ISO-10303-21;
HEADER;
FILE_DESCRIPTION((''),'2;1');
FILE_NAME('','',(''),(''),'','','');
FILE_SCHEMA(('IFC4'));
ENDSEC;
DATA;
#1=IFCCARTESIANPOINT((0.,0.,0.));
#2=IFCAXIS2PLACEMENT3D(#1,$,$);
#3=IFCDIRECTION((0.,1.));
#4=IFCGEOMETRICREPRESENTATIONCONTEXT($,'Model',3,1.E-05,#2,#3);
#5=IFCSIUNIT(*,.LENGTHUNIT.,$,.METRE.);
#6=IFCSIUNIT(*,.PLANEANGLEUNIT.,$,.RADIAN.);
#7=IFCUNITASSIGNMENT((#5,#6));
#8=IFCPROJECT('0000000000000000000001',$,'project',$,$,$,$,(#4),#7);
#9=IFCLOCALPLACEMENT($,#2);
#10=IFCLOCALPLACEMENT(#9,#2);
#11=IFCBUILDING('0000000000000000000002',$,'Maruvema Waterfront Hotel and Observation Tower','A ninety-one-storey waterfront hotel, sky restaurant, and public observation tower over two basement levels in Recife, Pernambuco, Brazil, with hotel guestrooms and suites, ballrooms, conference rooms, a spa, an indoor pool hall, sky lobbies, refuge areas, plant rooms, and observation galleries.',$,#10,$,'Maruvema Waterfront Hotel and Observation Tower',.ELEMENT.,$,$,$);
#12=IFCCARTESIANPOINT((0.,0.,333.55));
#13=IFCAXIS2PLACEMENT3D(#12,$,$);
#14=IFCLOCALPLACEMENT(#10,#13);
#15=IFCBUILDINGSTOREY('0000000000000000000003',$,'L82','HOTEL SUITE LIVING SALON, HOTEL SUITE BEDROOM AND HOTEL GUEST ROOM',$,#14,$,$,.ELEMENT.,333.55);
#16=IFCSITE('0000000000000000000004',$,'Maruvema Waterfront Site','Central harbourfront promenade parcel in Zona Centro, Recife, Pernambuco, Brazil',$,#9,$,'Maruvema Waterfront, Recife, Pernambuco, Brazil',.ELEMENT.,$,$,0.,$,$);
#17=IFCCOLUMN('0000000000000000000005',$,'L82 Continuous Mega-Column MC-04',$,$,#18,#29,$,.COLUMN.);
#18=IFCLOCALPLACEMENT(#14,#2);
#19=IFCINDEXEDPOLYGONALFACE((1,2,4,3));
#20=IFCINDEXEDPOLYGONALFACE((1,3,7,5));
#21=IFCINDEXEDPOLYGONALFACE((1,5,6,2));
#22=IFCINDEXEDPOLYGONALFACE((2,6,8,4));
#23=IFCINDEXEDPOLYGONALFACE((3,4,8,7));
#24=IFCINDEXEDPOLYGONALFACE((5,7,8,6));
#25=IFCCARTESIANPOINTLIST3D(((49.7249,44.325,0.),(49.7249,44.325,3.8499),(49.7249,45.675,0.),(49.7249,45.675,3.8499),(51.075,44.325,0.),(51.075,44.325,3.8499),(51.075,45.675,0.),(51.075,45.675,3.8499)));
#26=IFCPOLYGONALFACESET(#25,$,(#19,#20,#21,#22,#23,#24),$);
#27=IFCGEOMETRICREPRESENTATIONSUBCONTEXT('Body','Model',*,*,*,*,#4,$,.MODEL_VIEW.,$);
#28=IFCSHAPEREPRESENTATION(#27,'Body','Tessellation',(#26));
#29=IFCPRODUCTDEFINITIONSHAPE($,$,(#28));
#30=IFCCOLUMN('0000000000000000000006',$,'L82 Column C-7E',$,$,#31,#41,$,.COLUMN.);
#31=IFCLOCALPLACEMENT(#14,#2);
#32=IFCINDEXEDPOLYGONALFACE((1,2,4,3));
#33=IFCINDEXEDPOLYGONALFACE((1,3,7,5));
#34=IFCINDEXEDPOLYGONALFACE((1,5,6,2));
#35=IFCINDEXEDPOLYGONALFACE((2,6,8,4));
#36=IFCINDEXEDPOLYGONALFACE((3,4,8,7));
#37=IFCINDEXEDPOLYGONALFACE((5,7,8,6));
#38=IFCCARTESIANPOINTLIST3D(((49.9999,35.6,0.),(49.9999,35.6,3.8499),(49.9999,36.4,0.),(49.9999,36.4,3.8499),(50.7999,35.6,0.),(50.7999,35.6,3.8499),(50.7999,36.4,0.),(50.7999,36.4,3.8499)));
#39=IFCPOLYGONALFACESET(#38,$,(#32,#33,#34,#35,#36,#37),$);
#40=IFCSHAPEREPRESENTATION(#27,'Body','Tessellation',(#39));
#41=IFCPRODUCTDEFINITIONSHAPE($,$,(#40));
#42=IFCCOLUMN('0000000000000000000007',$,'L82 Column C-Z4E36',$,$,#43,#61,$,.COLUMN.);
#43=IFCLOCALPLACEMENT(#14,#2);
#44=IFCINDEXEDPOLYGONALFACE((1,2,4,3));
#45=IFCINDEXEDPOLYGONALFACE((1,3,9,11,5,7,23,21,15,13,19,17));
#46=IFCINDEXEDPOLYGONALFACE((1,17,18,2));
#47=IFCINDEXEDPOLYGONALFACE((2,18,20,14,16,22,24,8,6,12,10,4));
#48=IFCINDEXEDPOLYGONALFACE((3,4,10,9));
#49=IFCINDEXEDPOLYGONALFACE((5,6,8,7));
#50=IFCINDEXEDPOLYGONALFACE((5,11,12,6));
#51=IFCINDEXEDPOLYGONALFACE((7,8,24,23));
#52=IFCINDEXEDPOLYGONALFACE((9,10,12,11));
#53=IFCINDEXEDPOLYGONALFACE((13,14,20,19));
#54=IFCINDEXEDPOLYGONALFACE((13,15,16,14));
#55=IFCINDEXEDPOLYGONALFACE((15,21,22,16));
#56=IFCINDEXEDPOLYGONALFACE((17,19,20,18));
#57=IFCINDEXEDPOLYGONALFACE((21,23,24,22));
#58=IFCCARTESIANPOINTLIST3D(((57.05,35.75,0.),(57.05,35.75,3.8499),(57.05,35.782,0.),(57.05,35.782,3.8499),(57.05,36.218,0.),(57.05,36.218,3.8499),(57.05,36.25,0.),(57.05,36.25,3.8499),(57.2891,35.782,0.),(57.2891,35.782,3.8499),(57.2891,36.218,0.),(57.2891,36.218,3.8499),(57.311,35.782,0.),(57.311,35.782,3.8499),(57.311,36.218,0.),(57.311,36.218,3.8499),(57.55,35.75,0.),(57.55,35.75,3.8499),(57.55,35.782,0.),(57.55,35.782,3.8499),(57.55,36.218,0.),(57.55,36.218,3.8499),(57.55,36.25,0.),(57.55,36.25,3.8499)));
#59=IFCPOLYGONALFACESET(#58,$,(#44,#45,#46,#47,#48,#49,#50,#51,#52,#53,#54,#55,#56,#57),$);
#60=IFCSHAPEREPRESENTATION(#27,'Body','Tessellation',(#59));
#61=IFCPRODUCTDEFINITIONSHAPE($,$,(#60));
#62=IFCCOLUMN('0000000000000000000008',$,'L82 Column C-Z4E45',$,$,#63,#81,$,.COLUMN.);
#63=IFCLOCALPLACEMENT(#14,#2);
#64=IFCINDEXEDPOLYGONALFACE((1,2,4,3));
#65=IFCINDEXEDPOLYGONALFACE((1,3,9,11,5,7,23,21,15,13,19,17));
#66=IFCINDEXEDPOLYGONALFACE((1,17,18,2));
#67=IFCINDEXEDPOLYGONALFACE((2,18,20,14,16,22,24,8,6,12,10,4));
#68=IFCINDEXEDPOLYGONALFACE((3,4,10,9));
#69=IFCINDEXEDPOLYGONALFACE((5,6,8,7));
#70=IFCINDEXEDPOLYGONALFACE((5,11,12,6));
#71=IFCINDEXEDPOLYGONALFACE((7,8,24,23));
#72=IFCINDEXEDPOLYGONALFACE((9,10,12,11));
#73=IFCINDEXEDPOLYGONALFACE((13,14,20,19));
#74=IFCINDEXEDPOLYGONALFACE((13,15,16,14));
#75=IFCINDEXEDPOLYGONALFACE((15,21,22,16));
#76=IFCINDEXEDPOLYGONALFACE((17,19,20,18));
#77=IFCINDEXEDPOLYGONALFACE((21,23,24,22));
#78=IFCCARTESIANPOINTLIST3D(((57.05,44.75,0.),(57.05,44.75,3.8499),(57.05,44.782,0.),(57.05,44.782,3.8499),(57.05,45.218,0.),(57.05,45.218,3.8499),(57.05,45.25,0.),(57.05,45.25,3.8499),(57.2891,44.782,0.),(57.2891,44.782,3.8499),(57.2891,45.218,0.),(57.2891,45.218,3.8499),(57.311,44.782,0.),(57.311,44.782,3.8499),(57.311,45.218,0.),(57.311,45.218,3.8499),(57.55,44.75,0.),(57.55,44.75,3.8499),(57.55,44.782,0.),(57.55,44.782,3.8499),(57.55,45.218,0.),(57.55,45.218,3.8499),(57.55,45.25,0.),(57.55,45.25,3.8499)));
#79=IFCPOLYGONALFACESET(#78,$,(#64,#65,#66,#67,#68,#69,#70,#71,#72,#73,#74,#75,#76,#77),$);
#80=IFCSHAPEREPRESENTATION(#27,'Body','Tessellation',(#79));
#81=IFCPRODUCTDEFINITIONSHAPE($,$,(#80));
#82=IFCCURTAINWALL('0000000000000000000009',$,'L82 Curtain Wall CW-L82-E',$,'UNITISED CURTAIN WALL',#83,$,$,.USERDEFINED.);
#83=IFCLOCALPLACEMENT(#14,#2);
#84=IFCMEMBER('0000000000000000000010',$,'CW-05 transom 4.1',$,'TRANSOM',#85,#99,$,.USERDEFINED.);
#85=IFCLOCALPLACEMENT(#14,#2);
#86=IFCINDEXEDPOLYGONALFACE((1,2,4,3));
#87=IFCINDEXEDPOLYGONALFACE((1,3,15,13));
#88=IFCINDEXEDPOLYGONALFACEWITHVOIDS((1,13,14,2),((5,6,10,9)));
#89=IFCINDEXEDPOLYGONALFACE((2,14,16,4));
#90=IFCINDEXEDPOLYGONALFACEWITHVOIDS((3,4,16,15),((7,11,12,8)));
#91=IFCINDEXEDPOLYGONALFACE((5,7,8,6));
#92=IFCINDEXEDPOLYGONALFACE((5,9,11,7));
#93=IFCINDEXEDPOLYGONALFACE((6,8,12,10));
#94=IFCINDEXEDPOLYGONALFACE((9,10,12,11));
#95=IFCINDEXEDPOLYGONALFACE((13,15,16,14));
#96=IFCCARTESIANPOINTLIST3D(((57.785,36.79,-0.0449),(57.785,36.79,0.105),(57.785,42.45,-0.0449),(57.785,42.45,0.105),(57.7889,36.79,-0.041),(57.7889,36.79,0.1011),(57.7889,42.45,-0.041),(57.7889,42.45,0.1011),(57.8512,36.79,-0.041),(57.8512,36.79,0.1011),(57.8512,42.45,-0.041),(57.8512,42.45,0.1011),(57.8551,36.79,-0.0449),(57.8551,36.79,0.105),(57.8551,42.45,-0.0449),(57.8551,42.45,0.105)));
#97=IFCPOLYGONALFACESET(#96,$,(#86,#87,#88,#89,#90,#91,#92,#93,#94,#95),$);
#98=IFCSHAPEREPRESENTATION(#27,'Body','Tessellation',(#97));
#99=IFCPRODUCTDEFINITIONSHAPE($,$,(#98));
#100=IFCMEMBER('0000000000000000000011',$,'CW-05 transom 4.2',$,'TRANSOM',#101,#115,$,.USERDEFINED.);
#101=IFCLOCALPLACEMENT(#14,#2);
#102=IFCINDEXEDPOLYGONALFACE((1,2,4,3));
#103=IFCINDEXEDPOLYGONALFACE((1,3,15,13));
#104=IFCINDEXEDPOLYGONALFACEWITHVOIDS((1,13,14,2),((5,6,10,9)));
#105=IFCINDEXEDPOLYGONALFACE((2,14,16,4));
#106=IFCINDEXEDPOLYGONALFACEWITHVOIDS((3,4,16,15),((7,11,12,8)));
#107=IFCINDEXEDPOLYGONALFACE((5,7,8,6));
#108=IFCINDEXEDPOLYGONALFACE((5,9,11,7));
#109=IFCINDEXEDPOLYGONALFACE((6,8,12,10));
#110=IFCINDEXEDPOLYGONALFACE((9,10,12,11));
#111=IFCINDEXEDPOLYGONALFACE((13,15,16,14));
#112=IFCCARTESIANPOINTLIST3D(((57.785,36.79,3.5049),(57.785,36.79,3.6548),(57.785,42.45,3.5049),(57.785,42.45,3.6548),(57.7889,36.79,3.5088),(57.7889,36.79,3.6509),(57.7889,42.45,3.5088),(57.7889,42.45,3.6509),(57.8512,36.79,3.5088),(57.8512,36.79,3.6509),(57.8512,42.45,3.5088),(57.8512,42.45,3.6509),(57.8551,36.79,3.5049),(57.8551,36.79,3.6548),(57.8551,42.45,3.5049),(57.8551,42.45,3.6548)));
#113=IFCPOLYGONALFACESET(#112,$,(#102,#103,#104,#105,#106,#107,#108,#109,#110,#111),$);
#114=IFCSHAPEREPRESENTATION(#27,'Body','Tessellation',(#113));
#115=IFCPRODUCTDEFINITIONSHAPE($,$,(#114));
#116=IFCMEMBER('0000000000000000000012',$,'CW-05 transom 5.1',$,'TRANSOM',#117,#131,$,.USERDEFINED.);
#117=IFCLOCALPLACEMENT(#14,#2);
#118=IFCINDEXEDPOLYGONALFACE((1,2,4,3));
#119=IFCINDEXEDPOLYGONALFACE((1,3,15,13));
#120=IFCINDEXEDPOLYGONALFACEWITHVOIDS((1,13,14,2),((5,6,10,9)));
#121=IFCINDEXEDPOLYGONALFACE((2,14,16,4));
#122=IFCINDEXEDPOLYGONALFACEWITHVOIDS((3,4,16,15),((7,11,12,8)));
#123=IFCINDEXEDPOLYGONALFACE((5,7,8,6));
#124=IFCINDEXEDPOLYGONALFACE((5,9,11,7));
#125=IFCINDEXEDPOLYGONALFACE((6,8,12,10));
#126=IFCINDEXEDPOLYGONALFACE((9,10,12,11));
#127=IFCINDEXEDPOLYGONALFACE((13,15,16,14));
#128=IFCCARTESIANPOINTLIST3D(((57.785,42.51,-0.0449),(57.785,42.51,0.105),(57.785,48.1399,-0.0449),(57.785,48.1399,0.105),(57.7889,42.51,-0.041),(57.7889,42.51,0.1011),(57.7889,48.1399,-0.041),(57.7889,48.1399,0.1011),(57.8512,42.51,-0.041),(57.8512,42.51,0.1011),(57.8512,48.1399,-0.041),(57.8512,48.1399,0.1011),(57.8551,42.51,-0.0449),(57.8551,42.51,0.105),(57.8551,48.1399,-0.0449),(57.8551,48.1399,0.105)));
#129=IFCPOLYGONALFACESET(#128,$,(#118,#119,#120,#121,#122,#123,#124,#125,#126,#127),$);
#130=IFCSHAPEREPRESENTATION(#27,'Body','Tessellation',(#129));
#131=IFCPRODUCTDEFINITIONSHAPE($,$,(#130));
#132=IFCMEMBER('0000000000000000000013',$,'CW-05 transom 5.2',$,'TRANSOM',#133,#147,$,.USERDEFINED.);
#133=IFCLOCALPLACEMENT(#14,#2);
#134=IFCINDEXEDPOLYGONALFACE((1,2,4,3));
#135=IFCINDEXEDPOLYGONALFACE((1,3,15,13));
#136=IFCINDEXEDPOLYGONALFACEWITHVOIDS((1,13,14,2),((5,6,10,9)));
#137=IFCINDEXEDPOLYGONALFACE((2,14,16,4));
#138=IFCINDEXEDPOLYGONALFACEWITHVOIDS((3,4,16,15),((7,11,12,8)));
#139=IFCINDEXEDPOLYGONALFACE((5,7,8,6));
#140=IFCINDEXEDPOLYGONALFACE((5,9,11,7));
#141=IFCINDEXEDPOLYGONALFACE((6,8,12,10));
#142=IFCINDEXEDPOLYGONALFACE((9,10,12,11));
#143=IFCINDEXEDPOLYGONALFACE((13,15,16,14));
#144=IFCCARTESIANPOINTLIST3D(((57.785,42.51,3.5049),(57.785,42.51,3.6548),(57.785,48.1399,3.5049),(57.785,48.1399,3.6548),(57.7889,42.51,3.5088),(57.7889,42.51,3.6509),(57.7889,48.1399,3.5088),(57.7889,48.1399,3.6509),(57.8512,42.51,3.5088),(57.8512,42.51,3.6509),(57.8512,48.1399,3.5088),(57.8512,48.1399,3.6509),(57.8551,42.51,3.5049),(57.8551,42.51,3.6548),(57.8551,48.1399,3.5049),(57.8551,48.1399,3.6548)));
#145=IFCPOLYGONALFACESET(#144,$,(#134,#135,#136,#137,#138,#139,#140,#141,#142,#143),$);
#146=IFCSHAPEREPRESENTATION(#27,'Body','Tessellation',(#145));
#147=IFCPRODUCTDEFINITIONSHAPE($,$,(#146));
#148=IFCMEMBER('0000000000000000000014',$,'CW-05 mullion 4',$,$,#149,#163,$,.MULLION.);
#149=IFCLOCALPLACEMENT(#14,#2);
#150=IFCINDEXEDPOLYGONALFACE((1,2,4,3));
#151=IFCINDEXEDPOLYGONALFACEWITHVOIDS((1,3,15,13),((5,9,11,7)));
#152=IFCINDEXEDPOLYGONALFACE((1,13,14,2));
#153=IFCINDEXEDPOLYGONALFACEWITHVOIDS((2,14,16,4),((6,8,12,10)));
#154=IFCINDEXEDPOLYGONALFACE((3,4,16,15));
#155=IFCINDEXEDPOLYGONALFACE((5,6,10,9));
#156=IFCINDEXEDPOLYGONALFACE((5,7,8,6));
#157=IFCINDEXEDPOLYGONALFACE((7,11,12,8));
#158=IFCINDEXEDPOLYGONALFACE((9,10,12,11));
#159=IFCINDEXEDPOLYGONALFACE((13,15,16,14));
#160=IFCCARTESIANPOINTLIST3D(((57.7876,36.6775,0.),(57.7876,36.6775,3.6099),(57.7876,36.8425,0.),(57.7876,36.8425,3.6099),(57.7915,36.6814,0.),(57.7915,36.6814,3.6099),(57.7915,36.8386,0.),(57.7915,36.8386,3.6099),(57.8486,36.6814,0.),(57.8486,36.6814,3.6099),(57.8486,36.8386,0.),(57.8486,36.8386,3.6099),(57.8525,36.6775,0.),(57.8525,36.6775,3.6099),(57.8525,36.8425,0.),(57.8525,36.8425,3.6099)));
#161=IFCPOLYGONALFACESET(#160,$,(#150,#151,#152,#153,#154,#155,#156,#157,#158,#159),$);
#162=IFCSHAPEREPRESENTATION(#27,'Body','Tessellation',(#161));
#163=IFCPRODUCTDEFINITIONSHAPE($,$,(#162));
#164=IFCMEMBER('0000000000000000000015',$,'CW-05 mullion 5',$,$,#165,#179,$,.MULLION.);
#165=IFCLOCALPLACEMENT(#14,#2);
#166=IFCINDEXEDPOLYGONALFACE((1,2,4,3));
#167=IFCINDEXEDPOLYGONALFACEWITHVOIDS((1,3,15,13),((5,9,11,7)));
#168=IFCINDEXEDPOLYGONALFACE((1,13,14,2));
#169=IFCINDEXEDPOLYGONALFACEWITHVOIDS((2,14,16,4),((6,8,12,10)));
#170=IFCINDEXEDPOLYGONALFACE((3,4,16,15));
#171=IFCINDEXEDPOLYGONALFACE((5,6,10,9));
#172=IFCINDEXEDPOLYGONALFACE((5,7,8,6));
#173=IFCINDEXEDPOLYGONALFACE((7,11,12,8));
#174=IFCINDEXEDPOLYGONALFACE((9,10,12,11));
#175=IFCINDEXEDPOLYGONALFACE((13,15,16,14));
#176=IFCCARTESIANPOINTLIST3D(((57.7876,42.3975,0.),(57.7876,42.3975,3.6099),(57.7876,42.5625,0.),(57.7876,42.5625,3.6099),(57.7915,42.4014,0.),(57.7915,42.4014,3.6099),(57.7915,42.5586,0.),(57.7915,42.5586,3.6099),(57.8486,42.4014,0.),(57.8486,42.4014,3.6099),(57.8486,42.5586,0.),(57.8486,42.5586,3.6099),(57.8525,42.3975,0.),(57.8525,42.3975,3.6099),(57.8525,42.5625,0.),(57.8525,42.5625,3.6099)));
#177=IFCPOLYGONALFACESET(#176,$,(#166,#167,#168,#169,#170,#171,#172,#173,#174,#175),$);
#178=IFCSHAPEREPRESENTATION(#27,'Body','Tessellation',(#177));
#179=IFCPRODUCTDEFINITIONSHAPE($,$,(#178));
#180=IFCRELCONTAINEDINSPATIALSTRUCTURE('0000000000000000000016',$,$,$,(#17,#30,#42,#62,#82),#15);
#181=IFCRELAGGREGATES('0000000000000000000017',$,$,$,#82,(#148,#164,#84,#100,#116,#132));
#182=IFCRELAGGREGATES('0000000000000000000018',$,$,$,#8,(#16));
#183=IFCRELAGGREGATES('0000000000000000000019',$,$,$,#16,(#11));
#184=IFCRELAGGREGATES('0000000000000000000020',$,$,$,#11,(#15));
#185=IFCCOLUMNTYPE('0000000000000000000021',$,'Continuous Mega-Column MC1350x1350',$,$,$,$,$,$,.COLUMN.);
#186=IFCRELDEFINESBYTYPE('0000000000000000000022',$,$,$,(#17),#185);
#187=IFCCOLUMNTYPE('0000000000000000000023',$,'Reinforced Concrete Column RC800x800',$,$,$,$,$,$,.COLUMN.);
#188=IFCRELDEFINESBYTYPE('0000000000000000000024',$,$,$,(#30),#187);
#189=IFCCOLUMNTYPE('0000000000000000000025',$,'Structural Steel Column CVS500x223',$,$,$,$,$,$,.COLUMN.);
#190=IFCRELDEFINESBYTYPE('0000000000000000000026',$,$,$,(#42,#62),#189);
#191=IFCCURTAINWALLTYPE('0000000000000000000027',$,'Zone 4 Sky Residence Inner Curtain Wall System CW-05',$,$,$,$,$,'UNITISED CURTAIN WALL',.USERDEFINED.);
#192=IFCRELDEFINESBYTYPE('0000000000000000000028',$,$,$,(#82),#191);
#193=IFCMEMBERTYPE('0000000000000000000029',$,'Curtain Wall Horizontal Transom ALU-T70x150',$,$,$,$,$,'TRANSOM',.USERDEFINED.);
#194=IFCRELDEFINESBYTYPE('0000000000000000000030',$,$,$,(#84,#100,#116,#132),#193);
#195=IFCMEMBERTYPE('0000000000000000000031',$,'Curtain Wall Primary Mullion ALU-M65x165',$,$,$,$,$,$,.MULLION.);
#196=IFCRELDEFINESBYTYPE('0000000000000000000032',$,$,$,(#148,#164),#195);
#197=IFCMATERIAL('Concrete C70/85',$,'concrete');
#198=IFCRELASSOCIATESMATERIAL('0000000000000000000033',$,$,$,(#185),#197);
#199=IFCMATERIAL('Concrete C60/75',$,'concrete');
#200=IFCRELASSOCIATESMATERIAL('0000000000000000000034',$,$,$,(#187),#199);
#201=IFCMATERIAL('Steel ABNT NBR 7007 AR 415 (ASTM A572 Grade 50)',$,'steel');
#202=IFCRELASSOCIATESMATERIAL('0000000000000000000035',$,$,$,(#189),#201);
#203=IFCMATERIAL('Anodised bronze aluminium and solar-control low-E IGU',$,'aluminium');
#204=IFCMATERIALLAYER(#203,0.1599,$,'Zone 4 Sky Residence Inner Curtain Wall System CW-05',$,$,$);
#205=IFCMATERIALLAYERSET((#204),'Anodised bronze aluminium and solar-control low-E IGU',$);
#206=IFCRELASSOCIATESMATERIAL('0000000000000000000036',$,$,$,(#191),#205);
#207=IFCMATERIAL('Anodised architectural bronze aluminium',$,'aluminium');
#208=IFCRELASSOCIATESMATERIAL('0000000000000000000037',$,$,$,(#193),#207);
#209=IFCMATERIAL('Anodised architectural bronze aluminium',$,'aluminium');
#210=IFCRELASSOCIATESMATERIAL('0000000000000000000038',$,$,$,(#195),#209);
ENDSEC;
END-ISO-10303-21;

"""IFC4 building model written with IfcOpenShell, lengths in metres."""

from ifc_helpers import new_model, si_unit, direction, frame, origin, origin_2d, place, context, subcontext, project, spatial, rectangle, hollow_rectangle, i_section, extrude, material, layer, layer_set, material_profile, profile_set, type_object, element, aggregate, save


model = new_model("IFC4")

# Units and contexts
model_context = context("Model", 3, precision=1e-05, world=origin(), true_north=direction((0.0, 1.0)))
body_context = subcontext(model_context, "Body", "Model", "MODEL_VIEW")
ifc_project = project(units=[si_unit("LENGTHUNIT", "METRE"), si_unit("PLANEANGLEUNIT", "RADIAN")], contexts=[model_context])

# Site, building, storey
site_placement = place(None, origin())
site = spatial("IfcSite", under=ifc_project, at=site_placement, Name="Maruvema Waterfront Site", Description="Central harbourfront promenade parcel in Zona Centro, Recife, Pernambuco, Brazil", LongName="Maruvema Waterfront, Recife, Pernambuco, Brazil", CompositionType="ELEMENT", RefElevation=0.0)
building_placement = place(site_placement, origin())
building = spatial("IfcBuilding", under=site, at=building_placement, Name="Maruvema Waterfront Hotel and Observation Tower", Description="A ninety-one-storey waterfront hotel, sky restaurant, and public observation tower over two basement levels in Recife, Pernambuco, Brazil, with hotel guestrooms and suites, ballrooms, conference rooms, a spa, an indoor pool hall, sky lobbies, refuge areas, plant rooms, and observation galleries.", LongName="Maruvema Waterfront Hotel and Observation Tower", CompositionType="ELEMENT")
storey_placement = place(building_placement, frame((0.0, 0.0, 333.55)))
storey = spatial("IfcBuildingStorey", under=building, at=storey_placement, Name="L82", Description="HOTEL SUITE LIVING SALON, HOTEL SUITE BEDROOM AND HOTEL GUEST ROOM", CompositionType="ELEMENT", Elevation=333.55)

# Columns
ifc_material_1 = material(Name="Concrete C70/85", Category="concrete")
ifc_material_profile_1 = material_profile(ifc_material_1, rectangle(XDim=1.3501, YDim=1.3501, at=origin_2d()), Name="MC1350x1350")
ifc_profile_set_1 = profile_set([ifc_material_profile_1], Name="Concrete C70/85")
column_type_1 = type_object("IfcColumnType", Name="Continuous Mega-Column MC1350x1350", PredefinedType="COLUMN", material=ifc_profile_set_1)
column_1_placement = place(storey_placement, frame((50.3999, 45.0, 0.0), z_axis=(0.0, 0.0, 1.0), x_axis=(1.0, 0.0, 0.0)))
element("IfcColumn", 1, at=column_1_placement, inside=storey, type_object=column_type_1, Name="L82 Continuous Mega-Column MC-04", PredefinedType="COLUMN", context=body_context, shape_type="SweptSolid", body=[
    extrude(rectangle(XDim=1.3501, YDim=1.3501, at=origin_2d()), origin(), (0.0, 0.0, 1.0), 3.8499),
])
ifc_material_2 = material(Name="Concrete C60/75", Category="concrete")
ifc_material_profile_2 = material_profile(ifc_material_2, rectangle(XDim=0.8, YDim=0.8, at=origin_2d()), Name="RC800x800")
ifc_profile_set_2 = profile_set([ifc_material_profile_2], Name="Concrete C60/75")
column_type_2 = type_object("IfcColumnType", Name="Reinforced Concrete Column RC800x800", PredefinedType="COLUMN", material=ifc_profile_set_2)
column_2_placement = place(storey_placement, frame((50.3999, 36.0, 0.0), z_axis=(0.0, 0.0, 1.0), x_axis=(1.0, 0.0, 0.0)))
element("IfcColumn", 2, at=column_2_placement, inside=storey, type_object=column_type_2, Name="L82 Column C-7E", PredefinedType="COLUMN", context=body_context, shape_type="SweptSolid", body=[
    extrude(rectangle(XDim=0.8, YDim=0.8, at=origin_2d()), origin(), (0.0, 0.0, 1.0), 3.8499),
])
ifc_material_3 = material(Name="Steel ABNT NBR 7007 AR 415 (ASTM A572 Grade 50)", Category="steel")
ifc_material_profile_3 = material_profile(ifc_material_3, i_section(OverallWidth=0.5, OverallDepth=0.5, WebThickness=0.022, FlangeThickness=0.032, at=origin_2d()), Name="CVS500x223")
ifc_profile_set_3 = profile_set([ifc_material_profile_3], Name="Steel ABNT NBR 7007 AR 415 (ASTM A572 Grade 50)")
column_type_3 = type_object("IfcColumnType", Name="Structural Steel Column CVS500x223", PredefinedType="COLUMN", material=ifc_profile_set_3)
for number, where, z_axis, x_axis, name in (
    (3, (57.3, 36.0, 0.0), (0.0, 0.0, 1.0), (1.0, 0.0, 0.0), "L82 Column C-Z4E36"),
    (4, (57.3, 45.0, 0.0), (0.0, 0.0, 1.0), (1.0, 0.0, 0.0), "L82 Column C-Z4E45"),
):
    element("IfcColumn", number, at=place(storey_placement, frame(where, z_axis=z_axis, x_axis=x_axis)), inside=storey, type_object=column_type_3, Name=name, PredefinedType="COLUMN", context=body_context, shape_type="SweptSolid", body=[
        extrude(i_section(OverallWidth=0.5, OverallDepth=0.5, WebThickness=0.022, FlangeThickness=0.032, at=origin_2d()), origin(), (0.0, 0.0, 1.0), 3.8499),
    ])

# Curtain wall, members
ifc_material_4 = material(Name="Anodised bronze aluminium and solar-control low-E IGU", Category="aluminium")
ifc_layer_1 = layer(ifc_material_4, 0.1599, Name="Zone 4 Sky Residence Inner Curtain Wall System CW-05")
ifc_layer_set_1 = layer_set([ifc_layer_1], Name="Anodised bronze aluminium and solar-control low-E IGU")
curtain_wall_type = type_object("IfcCurtainWallType", Name="Zone 4 Sky Residence Inner Curtain Wall System CW-05", ElementType="UNITISED CURTAIN WALL", PredefinedType="USERDEFINED", material=ifc_layer_set_1)
curtain_wall_placement = place(storey_placement, origin())
curtain_wall = element("IfcCurtainWall", 5, at=curtain_wall_placement, inside=storey, type_object=curtain_wall_type, Name="L82 Curtain Wall CW-L82-E", ObjectType="UNITISED CURTAIN WALL", PredefinedType="USERDEFINED")
ifc_material_5 = material(Name="Anodised architectural bronze aluminium", Category="aluminium")
ifc_material_profile_4 = material_profile(ifc_material_5, hollow_rectangle(XDim=0.0701, YDim=0.1499, WallThickness=0.0039, at=origin_2d()), Name="ALU-T70x150")
ifc_profile_set_4 = profile_set([ifc_material_profile_4], Name="Anodised architectural bronze aluminium")
member_type_1 = type_object("IfcMemberType", Name="Curtain Wall Horizontal Transom ALU-T70x150", ElementType="TRANSOM", PredefinedType="USERDEFINED", material=ifc_profile_set_4)
member_1_placement = place(storey_placement, frame((57.8201, 36.79, 0.03), z_axis=(0.0, 1.0, 0.0), x_axis=(-1.0, 0.0, 0.0)))
member_1 = element("IfcMember", 6, at=member_1_placement, type_object=member_type_1, Name="CW-05 transom 4.1", ObjectType="TRANSOM", PredefinedType="USERDEFINED", context=body_context, shape_type="SweptSolid", body=[
    extrude(hollow_rectangle(XDim=0.0701, YDim=0.1499, WallThickness=0.0039, at=origin_2d()), origin(), (0.0, 0.0, 1.0), 5.6599),
])
member_2_placement = place(storey_placement, frame((57.8201, 36.79, 3.5798), z_axis=(0.0, 1.0, 0.0), x_axis=(-1.0, 0.0, 0.0)))
member_2 = element("IfcMember", 7, at=member_2_placement, type_object=member_type_1, Name="CW-05 transom 4.2", ObjectType="TRANSOM", PredefinedType="USERDEFINED", context=body_context, shape_type="SweptSolid", body=[
    extrude(hollow_rectangle(XDim=0.0701, YDim=0.1499, WallThickness=0.0039, at=origin_2d()), origin(), (0.0, 0.0, 1.0), 5.6599),
])
member_3_placement = place(storey_placement, frame((57.8201, 42.51, 0.03), z_axis=(0.0, 1.0, 0.0), x_axis=(-1.0, 0.0, 0.0)))
member_3 = element("IfcMember", 8, at=member_3_placement, type_object=member_type_1, Name="CW-05 transom 5.1", ObjectType="TRANSOM", PredefinedType="USERDEFINED", context=body_context, shape_type="SweptSolid", body=[
    extrude(hollow_rectangle(XDim=0.0701, YDim=0.1499, WallThickness=0.0039, at=origin_2d()), origin(), (0.0, 0.0, 1.0), 5.6299),
])
member_4_placement = place(storey_placement, frame((57.8201, 42.51, 3.5798), z_axis=(0.0, 1.0, 0.0), x_axis=(-1.0, 0.0, 0.0)))
member_4 = element("IfcMember", 9, at=member_4_placement, type_object=member_type_1, Name="CW-05 transom 5.2", ObjectType="TRANSOM", PredefinedType="USERDEFINED", context=body_context, shape_type="SweptSolid", body=[
    extrude(hollow_rectangle(XDim=0.0701, YDim=0.1499, WallThickness=0.0039, at=origin_2d()), origin(), (0.0, 0.0, 1.0), 5.6299),
])
ifc_material_6 = material(Name="Anodised architectural bronze aluminium", Category="aluminium")
ifc_material_profile_5 = material_profile(ifc_material_6, hollow_rectangle(XDim=0.0649, YDim=0.165, WallThickness=0.0039, at=origin_2d()), Name="ALU-M65x165")
ifc_profile_set_5 = profile_set([ifc_material_profile_5], Name="Anodised architectural bronze aluminium")
member_type_2 = type_object("IfcMemberType", Name="Curtain Wall Primary Mullion ALU-M65x165", PredefinedType="MULLION", material=ifc_profile_set_5)
member_5_placement = place(storey_placement, frame((57.8201, 36.76, 0.0), z_axis=(0.0, 0.0, 1.0), x_axis=(-1.0, 0.0, 0.0)))
member_5 = element("IfcMember", 10, at=member_5_placement, type_object=member_type_2, Name="CW-05 mullion 4", PredefinedType="MULLION", context=body_context, shape_type="SweptSolid", body=[
    extrude(hollow_rectangle(XDim=0.0649, YDim=0.165, WallThickness=0.0039, at=origin_2d()), origin(), (0.0, 0.0, 1.0), 3.6099),
])
member_6_placement = place(storey_placement, frame((57.8201, 42.48, 0.0), z_axis=(0.0, 0.0, 1.0), x_axis=(-1.0, 0.0, 0.0)))
member_6 = element("IfcMember", 11, at=member_6_placement, type_object=member_type_2, Name="CW-05 mullion 5", PredefinedType="MULLION", context=body_context, shape_type="SweptSolid", body=[
    extrude(hollow_rectangle(XDim=0.0649, YDim=0.165, WallThickness=0.0039, at=origin_2d()), origin(), (0.0, 0.0, 1.0), 3.6099),
])

aggregate(curtain_wall, [member_5, member_6, member_1, member_2, member_3, member_4])

save(model, "model.ifc")
